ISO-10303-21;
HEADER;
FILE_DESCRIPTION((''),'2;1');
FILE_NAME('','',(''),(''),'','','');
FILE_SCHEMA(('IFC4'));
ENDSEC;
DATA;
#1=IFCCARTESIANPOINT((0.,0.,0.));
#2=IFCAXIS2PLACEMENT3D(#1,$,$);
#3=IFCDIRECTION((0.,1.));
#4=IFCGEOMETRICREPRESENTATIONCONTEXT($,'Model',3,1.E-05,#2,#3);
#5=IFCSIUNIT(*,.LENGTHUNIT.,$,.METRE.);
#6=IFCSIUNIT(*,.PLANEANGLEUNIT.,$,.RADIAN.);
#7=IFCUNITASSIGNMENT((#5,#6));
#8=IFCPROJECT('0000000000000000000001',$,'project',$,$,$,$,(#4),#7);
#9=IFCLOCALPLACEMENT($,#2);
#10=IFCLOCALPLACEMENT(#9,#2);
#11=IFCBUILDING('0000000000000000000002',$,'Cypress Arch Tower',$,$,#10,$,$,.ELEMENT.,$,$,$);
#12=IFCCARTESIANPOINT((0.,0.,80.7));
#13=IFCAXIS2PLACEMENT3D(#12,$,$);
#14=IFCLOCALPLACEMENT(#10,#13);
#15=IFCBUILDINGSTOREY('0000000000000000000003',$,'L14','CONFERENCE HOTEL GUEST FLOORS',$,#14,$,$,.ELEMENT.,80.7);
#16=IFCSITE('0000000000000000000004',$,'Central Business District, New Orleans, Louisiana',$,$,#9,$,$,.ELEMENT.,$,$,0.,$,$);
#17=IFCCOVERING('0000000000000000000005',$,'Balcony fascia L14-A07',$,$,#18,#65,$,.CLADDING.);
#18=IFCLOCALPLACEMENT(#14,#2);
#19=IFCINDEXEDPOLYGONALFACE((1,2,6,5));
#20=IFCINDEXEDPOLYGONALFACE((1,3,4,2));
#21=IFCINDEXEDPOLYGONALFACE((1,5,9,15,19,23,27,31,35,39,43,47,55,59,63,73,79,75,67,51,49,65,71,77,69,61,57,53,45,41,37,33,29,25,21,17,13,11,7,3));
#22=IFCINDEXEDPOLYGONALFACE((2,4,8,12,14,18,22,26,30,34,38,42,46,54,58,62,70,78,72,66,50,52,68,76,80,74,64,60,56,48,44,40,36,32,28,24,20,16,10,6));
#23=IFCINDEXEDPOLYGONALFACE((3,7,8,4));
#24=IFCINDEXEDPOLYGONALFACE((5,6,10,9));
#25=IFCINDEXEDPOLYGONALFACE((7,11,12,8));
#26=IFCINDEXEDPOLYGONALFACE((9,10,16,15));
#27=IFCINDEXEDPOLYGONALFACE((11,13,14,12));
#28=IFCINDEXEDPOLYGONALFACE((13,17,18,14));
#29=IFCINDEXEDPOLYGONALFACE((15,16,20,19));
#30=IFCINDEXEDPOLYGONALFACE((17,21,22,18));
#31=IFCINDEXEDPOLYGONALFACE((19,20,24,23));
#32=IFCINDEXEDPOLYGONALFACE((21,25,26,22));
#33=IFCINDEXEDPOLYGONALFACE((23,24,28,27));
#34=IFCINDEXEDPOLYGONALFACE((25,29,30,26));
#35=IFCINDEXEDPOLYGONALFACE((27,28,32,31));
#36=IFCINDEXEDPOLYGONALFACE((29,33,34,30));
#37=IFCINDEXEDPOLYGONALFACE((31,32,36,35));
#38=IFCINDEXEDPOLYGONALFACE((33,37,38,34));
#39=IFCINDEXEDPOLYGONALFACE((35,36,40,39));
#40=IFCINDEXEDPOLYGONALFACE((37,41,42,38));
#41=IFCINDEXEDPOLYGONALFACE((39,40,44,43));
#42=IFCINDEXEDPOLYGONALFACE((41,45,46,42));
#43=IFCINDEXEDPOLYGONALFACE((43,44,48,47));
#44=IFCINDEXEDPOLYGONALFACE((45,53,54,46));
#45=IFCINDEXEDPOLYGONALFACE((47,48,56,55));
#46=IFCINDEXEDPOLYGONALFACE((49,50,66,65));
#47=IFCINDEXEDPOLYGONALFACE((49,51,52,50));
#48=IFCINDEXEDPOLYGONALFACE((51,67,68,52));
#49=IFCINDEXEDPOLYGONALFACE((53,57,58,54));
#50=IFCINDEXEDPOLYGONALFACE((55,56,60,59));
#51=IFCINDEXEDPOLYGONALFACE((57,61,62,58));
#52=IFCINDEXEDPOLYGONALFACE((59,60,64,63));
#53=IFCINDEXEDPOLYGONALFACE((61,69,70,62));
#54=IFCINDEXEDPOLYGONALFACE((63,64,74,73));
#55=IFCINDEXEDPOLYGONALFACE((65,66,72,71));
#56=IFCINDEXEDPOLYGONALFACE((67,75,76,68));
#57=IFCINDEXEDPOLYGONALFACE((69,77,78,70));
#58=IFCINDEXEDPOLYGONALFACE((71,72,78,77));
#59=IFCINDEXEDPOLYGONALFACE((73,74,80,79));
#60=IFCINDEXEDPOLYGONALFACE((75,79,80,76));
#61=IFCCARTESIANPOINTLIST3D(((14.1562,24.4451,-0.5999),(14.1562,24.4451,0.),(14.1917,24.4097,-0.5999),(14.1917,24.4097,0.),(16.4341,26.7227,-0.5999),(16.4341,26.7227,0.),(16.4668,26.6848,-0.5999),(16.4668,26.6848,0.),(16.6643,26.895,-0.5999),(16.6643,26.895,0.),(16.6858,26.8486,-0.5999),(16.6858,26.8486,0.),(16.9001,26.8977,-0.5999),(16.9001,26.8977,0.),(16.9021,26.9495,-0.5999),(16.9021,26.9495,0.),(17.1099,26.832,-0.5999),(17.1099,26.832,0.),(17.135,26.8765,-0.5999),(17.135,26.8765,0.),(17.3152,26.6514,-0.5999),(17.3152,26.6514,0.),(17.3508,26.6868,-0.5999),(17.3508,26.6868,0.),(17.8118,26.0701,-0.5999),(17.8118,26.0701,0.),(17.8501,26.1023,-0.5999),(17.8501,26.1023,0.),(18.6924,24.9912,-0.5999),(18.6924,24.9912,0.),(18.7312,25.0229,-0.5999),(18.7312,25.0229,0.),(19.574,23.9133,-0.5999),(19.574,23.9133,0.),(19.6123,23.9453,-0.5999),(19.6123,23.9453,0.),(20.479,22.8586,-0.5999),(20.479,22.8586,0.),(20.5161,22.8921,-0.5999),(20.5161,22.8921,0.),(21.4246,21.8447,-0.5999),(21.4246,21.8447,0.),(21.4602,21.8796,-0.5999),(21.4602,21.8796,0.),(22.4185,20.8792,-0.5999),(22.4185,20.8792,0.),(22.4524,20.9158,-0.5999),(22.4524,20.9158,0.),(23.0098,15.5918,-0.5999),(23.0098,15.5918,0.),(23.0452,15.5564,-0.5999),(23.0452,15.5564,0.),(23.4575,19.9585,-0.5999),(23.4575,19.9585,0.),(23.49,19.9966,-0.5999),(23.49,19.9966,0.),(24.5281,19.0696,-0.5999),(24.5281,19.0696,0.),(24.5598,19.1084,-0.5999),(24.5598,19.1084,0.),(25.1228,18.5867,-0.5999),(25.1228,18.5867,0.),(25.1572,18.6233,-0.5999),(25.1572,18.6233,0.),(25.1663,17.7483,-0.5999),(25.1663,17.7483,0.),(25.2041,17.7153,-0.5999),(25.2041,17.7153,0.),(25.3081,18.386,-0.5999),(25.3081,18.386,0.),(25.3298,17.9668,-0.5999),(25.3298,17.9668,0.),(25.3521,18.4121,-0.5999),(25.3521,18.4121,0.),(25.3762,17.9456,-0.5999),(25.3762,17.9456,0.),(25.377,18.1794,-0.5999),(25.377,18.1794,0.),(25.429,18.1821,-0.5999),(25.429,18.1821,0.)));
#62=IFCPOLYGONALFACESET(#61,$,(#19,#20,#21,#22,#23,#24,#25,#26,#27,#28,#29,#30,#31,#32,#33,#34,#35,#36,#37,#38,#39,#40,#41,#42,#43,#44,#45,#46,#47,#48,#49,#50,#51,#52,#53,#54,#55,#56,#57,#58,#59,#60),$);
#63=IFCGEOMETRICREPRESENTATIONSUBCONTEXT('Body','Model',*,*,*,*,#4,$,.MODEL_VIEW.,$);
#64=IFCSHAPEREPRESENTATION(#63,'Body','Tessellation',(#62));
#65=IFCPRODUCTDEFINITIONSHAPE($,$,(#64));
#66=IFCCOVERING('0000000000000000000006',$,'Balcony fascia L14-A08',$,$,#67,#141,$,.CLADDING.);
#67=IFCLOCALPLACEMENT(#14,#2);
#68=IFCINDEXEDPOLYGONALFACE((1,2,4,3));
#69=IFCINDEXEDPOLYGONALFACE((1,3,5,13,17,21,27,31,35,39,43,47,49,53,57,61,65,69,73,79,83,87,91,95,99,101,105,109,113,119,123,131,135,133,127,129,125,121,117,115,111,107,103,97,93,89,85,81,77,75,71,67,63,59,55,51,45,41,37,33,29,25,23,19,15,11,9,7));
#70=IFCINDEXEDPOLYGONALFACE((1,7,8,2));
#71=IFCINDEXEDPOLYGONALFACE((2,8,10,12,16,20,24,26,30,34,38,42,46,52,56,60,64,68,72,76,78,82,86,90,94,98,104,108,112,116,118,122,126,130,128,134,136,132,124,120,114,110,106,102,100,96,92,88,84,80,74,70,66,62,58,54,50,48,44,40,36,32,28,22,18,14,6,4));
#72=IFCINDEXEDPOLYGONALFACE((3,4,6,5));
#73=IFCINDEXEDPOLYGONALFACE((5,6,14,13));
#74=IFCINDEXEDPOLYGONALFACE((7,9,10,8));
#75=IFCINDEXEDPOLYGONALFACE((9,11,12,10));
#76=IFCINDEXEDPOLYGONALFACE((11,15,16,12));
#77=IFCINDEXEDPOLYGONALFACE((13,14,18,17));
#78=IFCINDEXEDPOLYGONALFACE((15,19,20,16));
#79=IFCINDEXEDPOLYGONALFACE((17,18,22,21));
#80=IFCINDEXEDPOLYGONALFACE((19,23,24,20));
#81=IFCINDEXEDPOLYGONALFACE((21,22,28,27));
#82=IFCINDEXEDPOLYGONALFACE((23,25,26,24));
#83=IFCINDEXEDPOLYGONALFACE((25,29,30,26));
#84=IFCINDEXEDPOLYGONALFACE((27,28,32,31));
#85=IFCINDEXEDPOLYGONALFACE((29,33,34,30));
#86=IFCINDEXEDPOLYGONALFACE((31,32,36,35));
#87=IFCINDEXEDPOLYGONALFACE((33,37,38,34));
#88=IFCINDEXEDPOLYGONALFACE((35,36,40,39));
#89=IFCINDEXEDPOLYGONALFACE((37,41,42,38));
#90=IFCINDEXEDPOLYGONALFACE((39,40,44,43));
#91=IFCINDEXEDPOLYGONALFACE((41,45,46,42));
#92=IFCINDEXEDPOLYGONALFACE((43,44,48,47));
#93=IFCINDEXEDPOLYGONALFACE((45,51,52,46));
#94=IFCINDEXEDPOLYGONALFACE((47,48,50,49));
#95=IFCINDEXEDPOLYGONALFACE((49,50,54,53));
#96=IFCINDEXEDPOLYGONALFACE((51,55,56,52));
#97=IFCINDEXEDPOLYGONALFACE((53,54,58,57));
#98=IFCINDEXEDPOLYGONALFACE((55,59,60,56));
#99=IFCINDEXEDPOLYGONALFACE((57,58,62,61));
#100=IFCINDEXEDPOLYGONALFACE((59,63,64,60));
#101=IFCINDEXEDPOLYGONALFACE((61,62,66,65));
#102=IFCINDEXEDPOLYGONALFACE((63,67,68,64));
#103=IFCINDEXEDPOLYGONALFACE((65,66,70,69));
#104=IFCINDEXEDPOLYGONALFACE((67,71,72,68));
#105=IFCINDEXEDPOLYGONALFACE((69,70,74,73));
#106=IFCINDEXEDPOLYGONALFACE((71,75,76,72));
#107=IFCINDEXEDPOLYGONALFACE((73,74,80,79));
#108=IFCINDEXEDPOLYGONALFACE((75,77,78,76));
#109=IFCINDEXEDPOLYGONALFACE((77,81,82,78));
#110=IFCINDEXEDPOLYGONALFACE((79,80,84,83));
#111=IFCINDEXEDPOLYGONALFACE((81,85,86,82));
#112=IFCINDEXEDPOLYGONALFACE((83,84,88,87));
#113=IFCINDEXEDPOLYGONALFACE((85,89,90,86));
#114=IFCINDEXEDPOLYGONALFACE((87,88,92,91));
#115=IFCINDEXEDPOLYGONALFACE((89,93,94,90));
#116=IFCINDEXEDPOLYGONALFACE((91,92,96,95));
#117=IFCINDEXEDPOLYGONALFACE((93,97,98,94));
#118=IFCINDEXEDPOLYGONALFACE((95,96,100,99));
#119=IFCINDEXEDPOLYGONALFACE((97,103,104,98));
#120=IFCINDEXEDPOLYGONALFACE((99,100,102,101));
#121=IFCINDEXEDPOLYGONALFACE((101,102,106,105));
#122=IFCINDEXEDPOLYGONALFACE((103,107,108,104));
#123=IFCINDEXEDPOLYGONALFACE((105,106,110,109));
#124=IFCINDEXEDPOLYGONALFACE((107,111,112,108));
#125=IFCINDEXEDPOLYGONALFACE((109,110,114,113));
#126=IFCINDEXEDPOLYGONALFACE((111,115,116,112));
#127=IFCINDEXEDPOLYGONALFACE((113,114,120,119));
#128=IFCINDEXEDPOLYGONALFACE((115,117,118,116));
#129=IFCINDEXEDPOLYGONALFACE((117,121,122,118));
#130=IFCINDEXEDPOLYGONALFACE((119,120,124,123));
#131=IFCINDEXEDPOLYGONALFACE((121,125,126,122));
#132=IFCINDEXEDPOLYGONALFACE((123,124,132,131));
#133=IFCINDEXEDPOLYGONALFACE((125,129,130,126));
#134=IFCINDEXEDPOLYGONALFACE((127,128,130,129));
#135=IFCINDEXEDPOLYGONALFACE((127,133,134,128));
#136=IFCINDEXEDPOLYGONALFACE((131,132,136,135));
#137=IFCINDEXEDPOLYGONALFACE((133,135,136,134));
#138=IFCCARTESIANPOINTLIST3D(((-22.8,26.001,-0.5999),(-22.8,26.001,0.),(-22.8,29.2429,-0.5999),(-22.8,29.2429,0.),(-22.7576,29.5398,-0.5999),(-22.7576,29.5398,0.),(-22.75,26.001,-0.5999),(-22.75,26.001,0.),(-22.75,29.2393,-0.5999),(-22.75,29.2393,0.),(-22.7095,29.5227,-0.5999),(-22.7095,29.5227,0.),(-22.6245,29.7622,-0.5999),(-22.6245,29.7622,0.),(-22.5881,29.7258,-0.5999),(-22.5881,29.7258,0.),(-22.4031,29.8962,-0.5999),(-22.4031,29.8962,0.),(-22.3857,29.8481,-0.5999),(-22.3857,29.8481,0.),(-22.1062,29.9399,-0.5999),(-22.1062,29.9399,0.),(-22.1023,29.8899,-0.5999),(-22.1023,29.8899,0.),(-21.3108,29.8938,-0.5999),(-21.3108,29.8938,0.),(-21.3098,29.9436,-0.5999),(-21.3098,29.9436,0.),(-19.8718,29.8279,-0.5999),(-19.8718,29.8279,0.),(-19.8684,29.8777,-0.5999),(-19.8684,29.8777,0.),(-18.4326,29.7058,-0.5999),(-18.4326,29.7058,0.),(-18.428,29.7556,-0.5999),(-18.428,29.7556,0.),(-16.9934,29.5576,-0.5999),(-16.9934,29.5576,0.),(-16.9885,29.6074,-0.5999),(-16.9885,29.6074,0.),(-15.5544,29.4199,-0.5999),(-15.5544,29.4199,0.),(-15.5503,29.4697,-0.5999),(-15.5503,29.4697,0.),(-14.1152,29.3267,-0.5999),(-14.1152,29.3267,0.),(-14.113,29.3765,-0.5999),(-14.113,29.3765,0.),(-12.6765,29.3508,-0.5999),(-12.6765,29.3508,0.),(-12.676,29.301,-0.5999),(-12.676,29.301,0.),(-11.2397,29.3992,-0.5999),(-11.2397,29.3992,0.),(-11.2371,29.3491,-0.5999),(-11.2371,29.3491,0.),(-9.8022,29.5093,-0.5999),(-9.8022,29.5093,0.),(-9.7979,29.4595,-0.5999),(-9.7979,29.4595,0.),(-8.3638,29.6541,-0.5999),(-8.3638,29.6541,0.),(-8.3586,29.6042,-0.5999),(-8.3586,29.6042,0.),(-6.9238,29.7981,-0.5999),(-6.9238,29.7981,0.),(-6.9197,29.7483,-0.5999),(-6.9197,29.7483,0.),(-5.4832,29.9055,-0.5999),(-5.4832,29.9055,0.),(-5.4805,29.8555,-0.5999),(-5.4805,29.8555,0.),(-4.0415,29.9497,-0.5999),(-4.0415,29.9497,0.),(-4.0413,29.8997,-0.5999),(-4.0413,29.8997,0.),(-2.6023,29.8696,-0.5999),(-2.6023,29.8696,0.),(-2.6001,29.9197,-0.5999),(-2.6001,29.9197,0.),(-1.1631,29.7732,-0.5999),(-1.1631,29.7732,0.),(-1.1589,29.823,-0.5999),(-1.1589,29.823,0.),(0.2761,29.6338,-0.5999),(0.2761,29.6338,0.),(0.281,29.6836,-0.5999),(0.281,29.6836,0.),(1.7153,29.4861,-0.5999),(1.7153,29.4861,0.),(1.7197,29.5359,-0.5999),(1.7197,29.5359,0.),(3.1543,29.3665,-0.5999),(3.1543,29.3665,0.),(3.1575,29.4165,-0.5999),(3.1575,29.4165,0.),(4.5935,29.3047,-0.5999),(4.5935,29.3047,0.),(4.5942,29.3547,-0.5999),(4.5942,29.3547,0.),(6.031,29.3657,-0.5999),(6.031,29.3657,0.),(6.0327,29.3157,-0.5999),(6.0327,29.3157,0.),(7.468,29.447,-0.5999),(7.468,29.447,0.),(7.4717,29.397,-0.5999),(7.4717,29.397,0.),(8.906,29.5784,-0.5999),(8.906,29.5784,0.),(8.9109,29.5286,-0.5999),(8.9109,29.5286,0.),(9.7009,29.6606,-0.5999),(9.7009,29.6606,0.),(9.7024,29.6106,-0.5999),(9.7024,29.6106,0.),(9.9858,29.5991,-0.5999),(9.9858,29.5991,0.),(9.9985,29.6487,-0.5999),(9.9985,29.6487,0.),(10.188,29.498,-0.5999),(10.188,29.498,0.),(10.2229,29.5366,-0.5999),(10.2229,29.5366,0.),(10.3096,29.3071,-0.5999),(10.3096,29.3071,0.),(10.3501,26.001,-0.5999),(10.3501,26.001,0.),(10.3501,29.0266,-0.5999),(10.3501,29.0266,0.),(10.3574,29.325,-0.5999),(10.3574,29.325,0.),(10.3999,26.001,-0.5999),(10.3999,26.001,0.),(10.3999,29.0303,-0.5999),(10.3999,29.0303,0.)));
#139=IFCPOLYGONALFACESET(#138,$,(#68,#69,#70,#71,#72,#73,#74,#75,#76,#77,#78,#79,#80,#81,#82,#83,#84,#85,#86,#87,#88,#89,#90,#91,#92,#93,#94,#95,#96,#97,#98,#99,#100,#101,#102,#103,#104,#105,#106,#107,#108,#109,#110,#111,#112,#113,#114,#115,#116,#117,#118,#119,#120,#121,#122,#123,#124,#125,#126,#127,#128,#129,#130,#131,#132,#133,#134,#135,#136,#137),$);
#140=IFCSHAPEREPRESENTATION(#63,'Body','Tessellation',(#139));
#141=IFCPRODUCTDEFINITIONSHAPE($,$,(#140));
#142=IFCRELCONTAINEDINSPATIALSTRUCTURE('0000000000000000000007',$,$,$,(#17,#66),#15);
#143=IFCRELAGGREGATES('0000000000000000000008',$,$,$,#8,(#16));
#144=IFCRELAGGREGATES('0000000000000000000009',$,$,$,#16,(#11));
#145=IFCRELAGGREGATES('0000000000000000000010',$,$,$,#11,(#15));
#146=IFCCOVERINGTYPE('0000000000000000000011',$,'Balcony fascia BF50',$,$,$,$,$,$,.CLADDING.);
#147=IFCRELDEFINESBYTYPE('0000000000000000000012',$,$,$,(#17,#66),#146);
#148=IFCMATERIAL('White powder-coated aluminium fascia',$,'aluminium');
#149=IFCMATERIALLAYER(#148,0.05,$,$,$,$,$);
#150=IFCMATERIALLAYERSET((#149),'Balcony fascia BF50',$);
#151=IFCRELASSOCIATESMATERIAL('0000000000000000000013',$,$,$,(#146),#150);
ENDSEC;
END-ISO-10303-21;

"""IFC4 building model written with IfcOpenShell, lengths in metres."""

from ifc_helpers import new_model, si_unit, direction, frame, origin, place, context, subcontext, project, spatial, polyline, outline, extrude, material, layer, layer_set, type_object, element, save


model = new_model("IFC4")

# Units and contexts
model_context = context("Model", 3, precision=1e-05, world=origin(), true_north=direction((0.0, 1.0)))
body_context = subcontext(model_context, "Body", "Model", "MODEL_VIEW")
ifc_project = project(units=[si_unit("LENGTHUNIT", "METRE"), si_unit("PLANEANGLEUNIT", "RADIAN")], contexts=[model_context])

# Site, building, storey
site_placement = place(None, origin())
site = spatial("IfcSite", under=ifc_project, at=site_placement, Name="Central Business District, New Orleans, Louisiana", CompositionType="ELEMENT", RefElevation=0.0)
building_placement = place(site_placement, origin())
building = spatial("IfcBuilding", under=site, at=building_placement, Name="Cypress Arch Tower", CompositionType="ELEMENT")
storey_placement = place(building_placement, frame((0.0, 0.0, 80.7)))
storey = spatial("IfcBuildingStorey", under=building, at=storey_placement, Name="L14", Description="CONFERENCE HOTEL GUEST FLOORS", CompositionType="ELEMENT", Elevation=80.7)

# Coverings
ifc_material_1 = material(Name="White powder-coated aluminium fascia", Category="aluminium")
ifc_layer_1 = layer(ifc_material_1, 0.05)
ifc_layer_set_1 = layer_set([ifc_layer_1], Name="Balcony fascia BF50")
covering_type_1 = type_object("IfcCoveringType", Name="Balcony fascia BF50", PredefinedType="CLADDING", material=ifc_layer_set_1)
covering_1_placement = place(storey_placement, frame((0.0, 0.0, -0.5999)))
element("IfcCovering", 1, at=covering_1_placement, inside=storey, type_object=covering_type_1, Name="Balcony fascia L14-A07", PredefinedType="CLADDING", context=body_context, shape_type="SweptSolid", body=[
    extrude(outline(polyline([(16.4341, 26.7227), (16.6643, 26.895), (16.9021, 26.9495), (17.135, 26.8765), (17.3508, 26.6868), (17.8501, 26.1023), (18.7312, 25.0229), (19.6123, 23.9453), (20.5161, 22.8921), (21.4602, 21.8796), (22.4524, 20.9158), (23.49, 19.9966), (24.5598, 19.1084), (25.1572, 18.6233), (25.3521, 18.4121), (25.429, 18.1821), (25.3762, 17.9456), (25.2041, 17.7153), (23.0452, 15.5564), (23.0098, 15.5918), (25.1663, 17.7483), (25.3298, 17.9668), (25.377, 18.1794), (25.3081, 18.386), (25.1228, 18.5867), (24.5281, 19.0696), (23.4575, 19.9585), (22.4185, 20.8792), (21.4246, 21.8447), (20.479, 22.8586), (19.574, 23.9133), (18.6924, 24.9912), (17.8118, 26.0701), (17.3152, 26.6514), (17.1099, 26.832), (16.9001, 26.8977), (16.6858, 26.8486), (16.4668, 26.6848), (14.1917, 24.4097), (14.1562, 24.4451), (16.4341, 26.7227)])), origin(), (0.0, 0.0, 1.0), 0.5999),
])
covering_2_placement = place(storey_placement, frame((0.0, 0.0, -0.5999)))
element("IfcCovering", 2, at=covering_2_placement, inside=storey, type_object=covering_type_1, Name="Balcony fascia L14-A08", PredefinedType="CLADDING", context=body_context, shape_type="SweptSolid", body=[
    extrude(outline(polyline([(-22.8, 29.2429), (-22.7576, 29.5398), (-22.6245, 29.7622), (-22.4031, 29.8962), (-22.1062, 29.9399), (-21.3098, 29.9436), (-19.8684, 29.8777), (-18.428, 29.7556), (-16.9885, 29.6074), (-15.5503, 29.4697), (-14.113, 29.3765), (-12.6765, 29.3508), (-11.2397, 29.3992), (-9.8022, 29.5093), (-8.3638, 29.6541), (-6.9238, 29.7981), (-5.4832, 29.9055), (-4.0415, 29.9497), (-2.6001, 29.9197), (-1.1589, 29.823), (0.281, 29.6836), (1.7197, 29.5359), (3.1575, 29.4165), (4.5942, 29.3547), (6.031, 29.3657), (7.468, 29.447), (8.906, 29.5784), (9.7009, 29.6606), (9.9985, 29.6487), (10.2229, 29.5366), (10.3574, 29.325), (10.3999, 29.0303), (10.3999, 26.001), (10.3501, 26.001), (10.3501, 29.0266), (10.3096, 29.3071), (10.188, 29.498), (9.9858, 29.5991), (9.7024, 29.6106), (8.9109, 29.5286), (7.4717, 29.397), (6.0327, 29.3157), (4.5935, 29.3047), (3.1543, 29.3665), (1.7153, 29.4861), (0.2761, 29.6338), (-1.1631, 29.7732), (-2.6023, 29.8696), (-4.0413, 29.8997), (-5.4805, 29.8555), (-6.9197, 29.7483), (-8.3586, 29.6042), (-9.7979, 29.4595), (-11.2371, 29.3491), (-12.676, 29.301), (-14.1152, 29.3267), (-15.5544, 29.4199), (-16.9934, 29.5576), (-18.4326, 29.7058), (-19.8718, 29.8279), (-21.3108, 29.8938), (-22.1023, 29.8899), (-22.3857, 29.8481), (-22.5881, 29.7258), (-22.7095, 29.5227), (-22.75, 29.2393), (-22.75, 26.001), (-22.8, 26.001), (-22.8, 29.2429)])), origin(), (0.0, 0.0, 1.0), 0.5999),
])

save(model, "model.ifc")
